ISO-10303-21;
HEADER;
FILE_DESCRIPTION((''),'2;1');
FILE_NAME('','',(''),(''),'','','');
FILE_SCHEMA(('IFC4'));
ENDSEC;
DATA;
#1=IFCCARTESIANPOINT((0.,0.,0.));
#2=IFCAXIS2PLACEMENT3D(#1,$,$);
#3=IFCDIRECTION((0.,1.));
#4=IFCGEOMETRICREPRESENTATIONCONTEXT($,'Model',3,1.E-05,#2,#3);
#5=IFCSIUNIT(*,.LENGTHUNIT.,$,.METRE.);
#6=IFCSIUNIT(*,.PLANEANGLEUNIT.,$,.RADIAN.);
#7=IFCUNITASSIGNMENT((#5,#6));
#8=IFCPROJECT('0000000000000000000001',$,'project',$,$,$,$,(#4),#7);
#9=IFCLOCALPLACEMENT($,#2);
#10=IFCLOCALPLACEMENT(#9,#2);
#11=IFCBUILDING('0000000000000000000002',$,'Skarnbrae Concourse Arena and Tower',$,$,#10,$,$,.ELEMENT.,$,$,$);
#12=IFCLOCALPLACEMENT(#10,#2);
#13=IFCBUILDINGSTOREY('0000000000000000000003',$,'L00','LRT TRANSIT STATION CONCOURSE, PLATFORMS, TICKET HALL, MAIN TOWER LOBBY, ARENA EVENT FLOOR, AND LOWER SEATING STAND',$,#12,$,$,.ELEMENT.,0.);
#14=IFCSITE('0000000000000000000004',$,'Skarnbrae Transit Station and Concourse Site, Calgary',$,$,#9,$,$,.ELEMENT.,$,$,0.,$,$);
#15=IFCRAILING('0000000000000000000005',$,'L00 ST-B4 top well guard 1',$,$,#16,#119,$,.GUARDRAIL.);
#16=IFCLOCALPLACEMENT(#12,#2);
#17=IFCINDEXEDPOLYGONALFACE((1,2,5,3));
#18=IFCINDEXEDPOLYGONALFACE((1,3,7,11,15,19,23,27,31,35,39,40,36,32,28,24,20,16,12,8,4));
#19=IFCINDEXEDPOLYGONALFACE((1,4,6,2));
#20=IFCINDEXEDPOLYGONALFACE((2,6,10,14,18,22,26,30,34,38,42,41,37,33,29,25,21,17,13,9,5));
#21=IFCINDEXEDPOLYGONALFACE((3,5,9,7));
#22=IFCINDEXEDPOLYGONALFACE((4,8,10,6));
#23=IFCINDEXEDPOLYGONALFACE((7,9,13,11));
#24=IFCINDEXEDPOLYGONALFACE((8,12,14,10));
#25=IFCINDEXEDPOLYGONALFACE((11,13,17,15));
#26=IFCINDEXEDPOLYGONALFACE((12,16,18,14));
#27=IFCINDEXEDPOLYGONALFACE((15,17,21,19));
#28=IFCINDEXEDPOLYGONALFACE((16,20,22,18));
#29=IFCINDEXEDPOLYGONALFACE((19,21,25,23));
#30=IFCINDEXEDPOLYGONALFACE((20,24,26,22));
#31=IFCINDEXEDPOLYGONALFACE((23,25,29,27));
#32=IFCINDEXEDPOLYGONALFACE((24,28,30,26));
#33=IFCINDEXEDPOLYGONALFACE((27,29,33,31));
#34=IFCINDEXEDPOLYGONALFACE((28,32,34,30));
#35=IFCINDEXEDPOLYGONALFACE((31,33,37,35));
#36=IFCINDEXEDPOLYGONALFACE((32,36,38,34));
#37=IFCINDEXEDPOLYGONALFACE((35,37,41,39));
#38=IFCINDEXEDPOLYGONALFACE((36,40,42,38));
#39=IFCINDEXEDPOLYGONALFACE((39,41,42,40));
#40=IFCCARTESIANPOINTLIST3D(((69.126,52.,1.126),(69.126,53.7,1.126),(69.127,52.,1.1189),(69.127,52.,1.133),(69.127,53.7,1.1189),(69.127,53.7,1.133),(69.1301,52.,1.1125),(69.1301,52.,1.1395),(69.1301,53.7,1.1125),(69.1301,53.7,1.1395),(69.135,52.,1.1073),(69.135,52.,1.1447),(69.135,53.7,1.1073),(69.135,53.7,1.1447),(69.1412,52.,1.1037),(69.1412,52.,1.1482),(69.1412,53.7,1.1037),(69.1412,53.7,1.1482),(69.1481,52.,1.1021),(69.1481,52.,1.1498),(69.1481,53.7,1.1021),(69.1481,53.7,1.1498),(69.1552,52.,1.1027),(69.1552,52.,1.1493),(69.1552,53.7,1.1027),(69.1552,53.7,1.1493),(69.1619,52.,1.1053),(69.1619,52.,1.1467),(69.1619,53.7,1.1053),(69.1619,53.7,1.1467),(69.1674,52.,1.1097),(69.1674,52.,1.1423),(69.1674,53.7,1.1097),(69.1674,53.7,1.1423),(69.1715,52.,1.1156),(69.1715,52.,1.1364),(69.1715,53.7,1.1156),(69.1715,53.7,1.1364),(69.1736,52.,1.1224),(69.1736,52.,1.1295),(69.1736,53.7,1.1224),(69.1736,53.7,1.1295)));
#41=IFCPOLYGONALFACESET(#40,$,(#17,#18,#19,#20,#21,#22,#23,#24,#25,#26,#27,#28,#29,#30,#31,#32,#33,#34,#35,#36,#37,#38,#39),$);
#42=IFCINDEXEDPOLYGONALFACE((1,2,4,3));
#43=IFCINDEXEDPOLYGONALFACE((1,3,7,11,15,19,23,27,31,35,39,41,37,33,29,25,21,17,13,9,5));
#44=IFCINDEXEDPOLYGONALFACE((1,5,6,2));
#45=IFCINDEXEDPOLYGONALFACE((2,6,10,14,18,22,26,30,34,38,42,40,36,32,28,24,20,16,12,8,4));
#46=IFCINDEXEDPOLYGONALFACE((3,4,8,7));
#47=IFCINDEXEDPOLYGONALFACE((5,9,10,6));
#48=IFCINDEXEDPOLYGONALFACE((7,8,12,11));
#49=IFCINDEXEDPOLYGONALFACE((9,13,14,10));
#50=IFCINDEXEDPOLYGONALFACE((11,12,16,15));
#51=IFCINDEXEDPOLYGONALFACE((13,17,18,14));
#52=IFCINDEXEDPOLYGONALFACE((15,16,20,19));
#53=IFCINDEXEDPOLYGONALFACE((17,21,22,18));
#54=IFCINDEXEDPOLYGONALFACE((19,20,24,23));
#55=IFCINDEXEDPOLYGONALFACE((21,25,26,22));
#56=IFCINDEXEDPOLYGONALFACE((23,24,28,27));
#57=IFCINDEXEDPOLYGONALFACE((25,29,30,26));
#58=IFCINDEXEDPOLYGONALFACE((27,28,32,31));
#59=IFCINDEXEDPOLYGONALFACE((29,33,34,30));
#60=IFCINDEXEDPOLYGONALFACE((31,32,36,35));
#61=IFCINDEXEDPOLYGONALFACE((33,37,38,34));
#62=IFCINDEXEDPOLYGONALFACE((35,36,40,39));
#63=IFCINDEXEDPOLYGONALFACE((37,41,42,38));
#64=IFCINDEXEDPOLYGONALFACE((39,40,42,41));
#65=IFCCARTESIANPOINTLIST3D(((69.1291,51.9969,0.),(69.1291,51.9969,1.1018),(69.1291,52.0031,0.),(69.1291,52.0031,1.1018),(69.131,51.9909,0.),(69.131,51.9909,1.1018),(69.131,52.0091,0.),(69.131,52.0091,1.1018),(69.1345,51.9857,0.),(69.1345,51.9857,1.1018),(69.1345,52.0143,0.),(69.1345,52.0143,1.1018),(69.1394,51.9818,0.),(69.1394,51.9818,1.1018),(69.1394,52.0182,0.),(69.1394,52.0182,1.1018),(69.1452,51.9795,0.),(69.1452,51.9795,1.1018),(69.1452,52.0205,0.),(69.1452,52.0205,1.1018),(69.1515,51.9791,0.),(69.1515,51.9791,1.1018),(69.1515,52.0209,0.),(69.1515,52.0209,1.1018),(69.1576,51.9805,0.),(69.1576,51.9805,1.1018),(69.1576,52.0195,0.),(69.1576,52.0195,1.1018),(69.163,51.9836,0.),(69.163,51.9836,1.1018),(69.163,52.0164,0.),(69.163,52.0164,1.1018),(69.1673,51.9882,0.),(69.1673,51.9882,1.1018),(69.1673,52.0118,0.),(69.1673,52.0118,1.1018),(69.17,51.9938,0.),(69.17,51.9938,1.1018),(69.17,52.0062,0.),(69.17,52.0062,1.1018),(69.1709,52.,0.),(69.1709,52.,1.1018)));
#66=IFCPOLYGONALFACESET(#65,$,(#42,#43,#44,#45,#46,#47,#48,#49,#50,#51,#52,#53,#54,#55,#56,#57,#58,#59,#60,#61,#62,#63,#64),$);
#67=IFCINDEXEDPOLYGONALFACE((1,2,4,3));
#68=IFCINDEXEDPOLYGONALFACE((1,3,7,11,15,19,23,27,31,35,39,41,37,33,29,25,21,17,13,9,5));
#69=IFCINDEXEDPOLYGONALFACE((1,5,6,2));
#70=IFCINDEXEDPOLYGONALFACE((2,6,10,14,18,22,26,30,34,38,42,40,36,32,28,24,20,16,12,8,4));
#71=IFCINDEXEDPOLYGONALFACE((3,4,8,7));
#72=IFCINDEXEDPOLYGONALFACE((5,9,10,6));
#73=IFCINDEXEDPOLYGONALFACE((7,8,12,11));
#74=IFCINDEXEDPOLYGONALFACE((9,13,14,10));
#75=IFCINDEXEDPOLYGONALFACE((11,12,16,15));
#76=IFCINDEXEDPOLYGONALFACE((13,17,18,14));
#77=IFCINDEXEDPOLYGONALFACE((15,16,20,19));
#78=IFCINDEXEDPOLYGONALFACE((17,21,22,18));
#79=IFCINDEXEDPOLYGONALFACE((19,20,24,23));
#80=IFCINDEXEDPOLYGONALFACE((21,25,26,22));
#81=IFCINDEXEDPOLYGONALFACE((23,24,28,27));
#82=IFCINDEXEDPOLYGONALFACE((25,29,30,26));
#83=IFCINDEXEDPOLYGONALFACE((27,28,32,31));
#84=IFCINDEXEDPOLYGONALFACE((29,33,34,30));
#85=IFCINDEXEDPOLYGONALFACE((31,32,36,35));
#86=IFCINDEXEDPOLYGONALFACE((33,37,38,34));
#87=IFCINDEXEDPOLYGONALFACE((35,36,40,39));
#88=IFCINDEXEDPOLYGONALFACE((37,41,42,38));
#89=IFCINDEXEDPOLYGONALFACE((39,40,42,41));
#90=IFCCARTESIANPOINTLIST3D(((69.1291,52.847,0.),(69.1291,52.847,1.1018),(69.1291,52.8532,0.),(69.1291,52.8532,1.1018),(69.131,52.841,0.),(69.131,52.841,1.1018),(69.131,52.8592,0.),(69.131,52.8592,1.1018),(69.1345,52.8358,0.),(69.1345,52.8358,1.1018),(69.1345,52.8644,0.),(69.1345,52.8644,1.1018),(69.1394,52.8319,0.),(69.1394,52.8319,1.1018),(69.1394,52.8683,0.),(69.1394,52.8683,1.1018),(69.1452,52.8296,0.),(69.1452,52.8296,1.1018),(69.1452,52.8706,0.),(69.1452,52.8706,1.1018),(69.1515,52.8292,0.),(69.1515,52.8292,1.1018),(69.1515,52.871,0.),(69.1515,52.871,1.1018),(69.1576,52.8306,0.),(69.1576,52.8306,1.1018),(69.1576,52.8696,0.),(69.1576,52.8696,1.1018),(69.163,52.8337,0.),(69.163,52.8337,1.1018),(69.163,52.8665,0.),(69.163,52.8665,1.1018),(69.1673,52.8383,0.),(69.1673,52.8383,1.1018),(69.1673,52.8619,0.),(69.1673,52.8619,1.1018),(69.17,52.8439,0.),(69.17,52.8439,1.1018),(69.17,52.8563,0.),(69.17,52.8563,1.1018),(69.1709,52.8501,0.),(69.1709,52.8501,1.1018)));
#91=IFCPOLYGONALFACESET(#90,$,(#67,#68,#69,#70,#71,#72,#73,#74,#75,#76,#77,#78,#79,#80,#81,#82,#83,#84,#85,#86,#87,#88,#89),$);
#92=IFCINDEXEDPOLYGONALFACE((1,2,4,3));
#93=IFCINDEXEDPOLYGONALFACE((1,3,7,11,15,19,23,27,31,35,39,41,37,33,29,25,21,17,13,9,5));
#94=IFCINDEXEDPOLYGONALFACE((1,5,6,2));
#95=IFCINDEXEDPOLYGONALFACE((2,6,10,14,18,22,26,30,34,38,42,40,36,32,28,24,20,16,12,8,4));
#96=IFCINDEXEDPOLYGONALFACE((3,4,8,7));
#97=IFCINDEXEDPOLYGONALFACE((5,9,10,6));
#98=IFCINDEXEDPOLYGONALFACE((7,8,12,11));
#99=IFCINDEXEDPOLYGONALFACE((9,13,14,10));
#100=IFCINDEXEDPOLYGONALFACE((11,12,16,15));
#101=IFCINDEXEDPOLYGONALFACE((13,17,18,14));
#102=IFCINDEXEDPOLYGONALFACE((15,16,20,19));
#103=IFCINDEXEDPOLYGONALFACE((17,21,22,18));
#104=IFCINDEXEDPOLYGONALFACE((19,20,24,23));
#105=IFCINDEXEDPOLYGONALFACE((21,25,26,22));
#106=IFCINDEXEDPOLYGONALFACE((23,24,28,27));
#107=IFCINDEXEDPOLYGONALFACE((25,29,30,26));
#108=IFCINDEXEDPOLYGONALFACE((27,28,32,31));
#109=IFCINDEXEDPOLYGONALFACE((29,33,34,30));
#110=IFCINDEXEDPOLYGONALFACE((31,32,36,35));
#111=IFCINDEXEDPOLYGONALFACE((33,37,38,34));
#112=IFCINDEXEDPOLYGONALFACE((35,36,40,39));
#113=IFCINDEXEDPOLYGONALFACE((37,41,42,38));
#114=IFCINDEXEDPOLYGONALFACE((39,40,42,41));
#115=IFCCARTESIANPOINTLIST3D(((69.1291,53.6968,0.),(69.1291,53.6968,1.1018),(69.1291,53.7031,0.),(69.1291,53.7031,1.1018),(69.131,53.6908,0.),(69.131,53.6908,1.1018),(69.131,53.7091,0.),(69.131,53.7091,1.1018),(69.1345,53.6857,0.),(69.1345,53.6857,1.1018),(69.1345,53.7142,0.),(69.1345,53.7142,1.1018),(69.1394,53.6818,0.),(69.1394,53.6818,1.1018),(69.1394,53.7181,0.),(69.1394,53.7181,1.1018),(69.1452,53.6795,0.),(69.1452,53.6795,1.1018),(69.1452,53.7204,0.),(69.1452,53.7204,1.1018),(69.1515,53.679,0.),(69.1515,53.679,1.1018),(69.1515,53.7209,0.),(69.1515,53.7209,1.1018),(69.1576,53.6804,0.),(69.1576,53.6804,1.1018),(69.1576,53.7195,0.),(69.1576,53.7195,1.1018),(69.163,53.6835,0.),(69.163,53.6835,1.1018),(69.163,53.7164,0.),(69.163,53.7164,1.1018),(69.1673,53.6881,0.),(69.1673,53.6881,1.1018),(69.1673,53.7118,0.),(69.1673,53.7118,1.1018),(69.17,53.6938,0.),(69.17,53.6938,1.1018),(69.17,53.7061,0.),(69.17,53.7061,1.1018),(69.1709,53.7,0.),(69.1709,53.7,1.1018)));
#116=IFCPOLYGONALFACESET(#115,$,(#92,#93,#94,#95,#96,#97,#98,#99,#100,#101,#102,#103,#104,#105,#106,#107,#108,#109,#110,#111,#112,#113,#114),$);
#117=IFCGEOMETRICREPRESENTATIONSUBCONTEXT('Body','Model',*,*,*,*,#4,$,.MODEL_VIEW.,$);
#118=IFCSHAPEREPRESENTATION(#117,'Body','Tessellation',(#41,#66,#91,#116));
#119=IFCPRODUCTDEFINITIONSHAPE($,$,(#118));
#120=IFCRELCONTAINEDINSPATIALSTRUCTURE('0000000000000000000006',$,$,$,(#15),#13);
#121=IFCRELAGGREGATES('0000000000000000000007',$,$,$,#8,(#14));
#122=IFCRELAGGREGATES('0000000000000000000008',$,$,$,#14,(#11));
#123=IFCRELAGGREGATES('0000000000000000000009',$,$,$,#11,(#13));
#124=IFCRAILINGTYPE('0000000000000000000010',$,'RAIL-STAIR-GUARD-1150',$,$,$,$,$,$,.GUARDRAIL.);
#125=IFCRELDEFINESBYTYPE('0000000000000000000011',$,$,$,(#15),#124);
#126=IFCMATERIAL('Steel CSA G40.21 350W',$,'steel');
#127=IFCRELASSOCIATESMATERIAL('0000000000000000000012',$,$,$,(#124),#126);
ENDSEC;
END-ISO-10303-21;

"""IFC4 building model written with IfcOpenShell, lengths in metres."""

from ifc_helpers import new_model, si_unit, direction, frame, origin, origin_2d, place, context, subcontext, project, spatial, circle, extrude, material, type_object, element, save


model = new_model("IFC4")

# Units and contexts
model_context = context("Model", 3, precision=1e-05, world=origin(), true_north=direction((0.0, 1.0)))
body_context = subcontext(model_context, "Body", "Model", "MODEL_VIEW")
ifc_project = project(units=[si_unit("LENGTHUNIT", "METRE"), si_unit("PLANEANGLEUNIT", "RADIAN")], contexts=[model_context])

# Site, building, storey
site_placement = place(None, origin())
site = spatial("IfcSite", under=ifc_project, at=site_placement, Name="Skarnbrae Transit Station and Concourse Site, Calgary", CompositionType="ELEMENT", RefElevation=0.0)
building_placement = place(site_placement, origin())
building = spatial("IfcBuilding", under=site, at=building_placement, Name="Skarnbrae Concourse Arena and Tower", CompositionType="ELEMENT")
storey_placement = place(building_placement, origin())
storey = spatial("IfcBuildingStorey", under=building, at=storey_placement, Name="L00", Description="LRT TRANSIT STATION CONCOURSE, PLATFORMS, TICKET HALL, MAIN TOWER LOBBY, ARENA EVENT FLOOR, AND LOWER SEATING STAND", CompositionType="ELEMENT", Elevation=0.0)

# Shared definitions
ifc_material_1 = material(Name="Steel CSA G40.21 350W", Category="steel")

# Railing
railing_type_1 = type_object("IfcRailingType", Name="RAIL-STAIR-GUARD-1150", PredefinedType="GUARDRAIL", material=ifc_material_1)
railing_1_placement = place(storey_placement, frame((69.1499, 52.0, 0.0)))
element("IfcRailing", 1, at=railing_1_placement, inside=storey, type_object=railing_type_1, Name="L00 ST-B4 top well guard 1", PredefinedType="GUARDRAIL", context=body_context, shape_type="SweptSolid", body=[
    extrude(circle(Radius=0.0239, at=origin_2d()), frame((0.0, 0.0, 1.126), z_axis=(0.0, 1.0, 0.0), x_axis=(-1.0, 0.0, 0.0)), (0.0, 0.0, 1.0), 1.7),
    extrude(circle(Radius=0.021, at=origin_2d()), origin(), (0.0, 0.0, 1.0), 1.1018),
    extrude(circle(Radius=0.021, at=origin_2d()), frame((0.0, 0.8501, 0.0)), (0.0, 0.0, 1.0), 1.1018),
    extrude(circle(Radius=0.021, at=origin_2d()), frame((0.0, 1.7, 0.0)), (0.0, 0.0, 1.0), 1.1018),
])

save(model, "model.ifc")
